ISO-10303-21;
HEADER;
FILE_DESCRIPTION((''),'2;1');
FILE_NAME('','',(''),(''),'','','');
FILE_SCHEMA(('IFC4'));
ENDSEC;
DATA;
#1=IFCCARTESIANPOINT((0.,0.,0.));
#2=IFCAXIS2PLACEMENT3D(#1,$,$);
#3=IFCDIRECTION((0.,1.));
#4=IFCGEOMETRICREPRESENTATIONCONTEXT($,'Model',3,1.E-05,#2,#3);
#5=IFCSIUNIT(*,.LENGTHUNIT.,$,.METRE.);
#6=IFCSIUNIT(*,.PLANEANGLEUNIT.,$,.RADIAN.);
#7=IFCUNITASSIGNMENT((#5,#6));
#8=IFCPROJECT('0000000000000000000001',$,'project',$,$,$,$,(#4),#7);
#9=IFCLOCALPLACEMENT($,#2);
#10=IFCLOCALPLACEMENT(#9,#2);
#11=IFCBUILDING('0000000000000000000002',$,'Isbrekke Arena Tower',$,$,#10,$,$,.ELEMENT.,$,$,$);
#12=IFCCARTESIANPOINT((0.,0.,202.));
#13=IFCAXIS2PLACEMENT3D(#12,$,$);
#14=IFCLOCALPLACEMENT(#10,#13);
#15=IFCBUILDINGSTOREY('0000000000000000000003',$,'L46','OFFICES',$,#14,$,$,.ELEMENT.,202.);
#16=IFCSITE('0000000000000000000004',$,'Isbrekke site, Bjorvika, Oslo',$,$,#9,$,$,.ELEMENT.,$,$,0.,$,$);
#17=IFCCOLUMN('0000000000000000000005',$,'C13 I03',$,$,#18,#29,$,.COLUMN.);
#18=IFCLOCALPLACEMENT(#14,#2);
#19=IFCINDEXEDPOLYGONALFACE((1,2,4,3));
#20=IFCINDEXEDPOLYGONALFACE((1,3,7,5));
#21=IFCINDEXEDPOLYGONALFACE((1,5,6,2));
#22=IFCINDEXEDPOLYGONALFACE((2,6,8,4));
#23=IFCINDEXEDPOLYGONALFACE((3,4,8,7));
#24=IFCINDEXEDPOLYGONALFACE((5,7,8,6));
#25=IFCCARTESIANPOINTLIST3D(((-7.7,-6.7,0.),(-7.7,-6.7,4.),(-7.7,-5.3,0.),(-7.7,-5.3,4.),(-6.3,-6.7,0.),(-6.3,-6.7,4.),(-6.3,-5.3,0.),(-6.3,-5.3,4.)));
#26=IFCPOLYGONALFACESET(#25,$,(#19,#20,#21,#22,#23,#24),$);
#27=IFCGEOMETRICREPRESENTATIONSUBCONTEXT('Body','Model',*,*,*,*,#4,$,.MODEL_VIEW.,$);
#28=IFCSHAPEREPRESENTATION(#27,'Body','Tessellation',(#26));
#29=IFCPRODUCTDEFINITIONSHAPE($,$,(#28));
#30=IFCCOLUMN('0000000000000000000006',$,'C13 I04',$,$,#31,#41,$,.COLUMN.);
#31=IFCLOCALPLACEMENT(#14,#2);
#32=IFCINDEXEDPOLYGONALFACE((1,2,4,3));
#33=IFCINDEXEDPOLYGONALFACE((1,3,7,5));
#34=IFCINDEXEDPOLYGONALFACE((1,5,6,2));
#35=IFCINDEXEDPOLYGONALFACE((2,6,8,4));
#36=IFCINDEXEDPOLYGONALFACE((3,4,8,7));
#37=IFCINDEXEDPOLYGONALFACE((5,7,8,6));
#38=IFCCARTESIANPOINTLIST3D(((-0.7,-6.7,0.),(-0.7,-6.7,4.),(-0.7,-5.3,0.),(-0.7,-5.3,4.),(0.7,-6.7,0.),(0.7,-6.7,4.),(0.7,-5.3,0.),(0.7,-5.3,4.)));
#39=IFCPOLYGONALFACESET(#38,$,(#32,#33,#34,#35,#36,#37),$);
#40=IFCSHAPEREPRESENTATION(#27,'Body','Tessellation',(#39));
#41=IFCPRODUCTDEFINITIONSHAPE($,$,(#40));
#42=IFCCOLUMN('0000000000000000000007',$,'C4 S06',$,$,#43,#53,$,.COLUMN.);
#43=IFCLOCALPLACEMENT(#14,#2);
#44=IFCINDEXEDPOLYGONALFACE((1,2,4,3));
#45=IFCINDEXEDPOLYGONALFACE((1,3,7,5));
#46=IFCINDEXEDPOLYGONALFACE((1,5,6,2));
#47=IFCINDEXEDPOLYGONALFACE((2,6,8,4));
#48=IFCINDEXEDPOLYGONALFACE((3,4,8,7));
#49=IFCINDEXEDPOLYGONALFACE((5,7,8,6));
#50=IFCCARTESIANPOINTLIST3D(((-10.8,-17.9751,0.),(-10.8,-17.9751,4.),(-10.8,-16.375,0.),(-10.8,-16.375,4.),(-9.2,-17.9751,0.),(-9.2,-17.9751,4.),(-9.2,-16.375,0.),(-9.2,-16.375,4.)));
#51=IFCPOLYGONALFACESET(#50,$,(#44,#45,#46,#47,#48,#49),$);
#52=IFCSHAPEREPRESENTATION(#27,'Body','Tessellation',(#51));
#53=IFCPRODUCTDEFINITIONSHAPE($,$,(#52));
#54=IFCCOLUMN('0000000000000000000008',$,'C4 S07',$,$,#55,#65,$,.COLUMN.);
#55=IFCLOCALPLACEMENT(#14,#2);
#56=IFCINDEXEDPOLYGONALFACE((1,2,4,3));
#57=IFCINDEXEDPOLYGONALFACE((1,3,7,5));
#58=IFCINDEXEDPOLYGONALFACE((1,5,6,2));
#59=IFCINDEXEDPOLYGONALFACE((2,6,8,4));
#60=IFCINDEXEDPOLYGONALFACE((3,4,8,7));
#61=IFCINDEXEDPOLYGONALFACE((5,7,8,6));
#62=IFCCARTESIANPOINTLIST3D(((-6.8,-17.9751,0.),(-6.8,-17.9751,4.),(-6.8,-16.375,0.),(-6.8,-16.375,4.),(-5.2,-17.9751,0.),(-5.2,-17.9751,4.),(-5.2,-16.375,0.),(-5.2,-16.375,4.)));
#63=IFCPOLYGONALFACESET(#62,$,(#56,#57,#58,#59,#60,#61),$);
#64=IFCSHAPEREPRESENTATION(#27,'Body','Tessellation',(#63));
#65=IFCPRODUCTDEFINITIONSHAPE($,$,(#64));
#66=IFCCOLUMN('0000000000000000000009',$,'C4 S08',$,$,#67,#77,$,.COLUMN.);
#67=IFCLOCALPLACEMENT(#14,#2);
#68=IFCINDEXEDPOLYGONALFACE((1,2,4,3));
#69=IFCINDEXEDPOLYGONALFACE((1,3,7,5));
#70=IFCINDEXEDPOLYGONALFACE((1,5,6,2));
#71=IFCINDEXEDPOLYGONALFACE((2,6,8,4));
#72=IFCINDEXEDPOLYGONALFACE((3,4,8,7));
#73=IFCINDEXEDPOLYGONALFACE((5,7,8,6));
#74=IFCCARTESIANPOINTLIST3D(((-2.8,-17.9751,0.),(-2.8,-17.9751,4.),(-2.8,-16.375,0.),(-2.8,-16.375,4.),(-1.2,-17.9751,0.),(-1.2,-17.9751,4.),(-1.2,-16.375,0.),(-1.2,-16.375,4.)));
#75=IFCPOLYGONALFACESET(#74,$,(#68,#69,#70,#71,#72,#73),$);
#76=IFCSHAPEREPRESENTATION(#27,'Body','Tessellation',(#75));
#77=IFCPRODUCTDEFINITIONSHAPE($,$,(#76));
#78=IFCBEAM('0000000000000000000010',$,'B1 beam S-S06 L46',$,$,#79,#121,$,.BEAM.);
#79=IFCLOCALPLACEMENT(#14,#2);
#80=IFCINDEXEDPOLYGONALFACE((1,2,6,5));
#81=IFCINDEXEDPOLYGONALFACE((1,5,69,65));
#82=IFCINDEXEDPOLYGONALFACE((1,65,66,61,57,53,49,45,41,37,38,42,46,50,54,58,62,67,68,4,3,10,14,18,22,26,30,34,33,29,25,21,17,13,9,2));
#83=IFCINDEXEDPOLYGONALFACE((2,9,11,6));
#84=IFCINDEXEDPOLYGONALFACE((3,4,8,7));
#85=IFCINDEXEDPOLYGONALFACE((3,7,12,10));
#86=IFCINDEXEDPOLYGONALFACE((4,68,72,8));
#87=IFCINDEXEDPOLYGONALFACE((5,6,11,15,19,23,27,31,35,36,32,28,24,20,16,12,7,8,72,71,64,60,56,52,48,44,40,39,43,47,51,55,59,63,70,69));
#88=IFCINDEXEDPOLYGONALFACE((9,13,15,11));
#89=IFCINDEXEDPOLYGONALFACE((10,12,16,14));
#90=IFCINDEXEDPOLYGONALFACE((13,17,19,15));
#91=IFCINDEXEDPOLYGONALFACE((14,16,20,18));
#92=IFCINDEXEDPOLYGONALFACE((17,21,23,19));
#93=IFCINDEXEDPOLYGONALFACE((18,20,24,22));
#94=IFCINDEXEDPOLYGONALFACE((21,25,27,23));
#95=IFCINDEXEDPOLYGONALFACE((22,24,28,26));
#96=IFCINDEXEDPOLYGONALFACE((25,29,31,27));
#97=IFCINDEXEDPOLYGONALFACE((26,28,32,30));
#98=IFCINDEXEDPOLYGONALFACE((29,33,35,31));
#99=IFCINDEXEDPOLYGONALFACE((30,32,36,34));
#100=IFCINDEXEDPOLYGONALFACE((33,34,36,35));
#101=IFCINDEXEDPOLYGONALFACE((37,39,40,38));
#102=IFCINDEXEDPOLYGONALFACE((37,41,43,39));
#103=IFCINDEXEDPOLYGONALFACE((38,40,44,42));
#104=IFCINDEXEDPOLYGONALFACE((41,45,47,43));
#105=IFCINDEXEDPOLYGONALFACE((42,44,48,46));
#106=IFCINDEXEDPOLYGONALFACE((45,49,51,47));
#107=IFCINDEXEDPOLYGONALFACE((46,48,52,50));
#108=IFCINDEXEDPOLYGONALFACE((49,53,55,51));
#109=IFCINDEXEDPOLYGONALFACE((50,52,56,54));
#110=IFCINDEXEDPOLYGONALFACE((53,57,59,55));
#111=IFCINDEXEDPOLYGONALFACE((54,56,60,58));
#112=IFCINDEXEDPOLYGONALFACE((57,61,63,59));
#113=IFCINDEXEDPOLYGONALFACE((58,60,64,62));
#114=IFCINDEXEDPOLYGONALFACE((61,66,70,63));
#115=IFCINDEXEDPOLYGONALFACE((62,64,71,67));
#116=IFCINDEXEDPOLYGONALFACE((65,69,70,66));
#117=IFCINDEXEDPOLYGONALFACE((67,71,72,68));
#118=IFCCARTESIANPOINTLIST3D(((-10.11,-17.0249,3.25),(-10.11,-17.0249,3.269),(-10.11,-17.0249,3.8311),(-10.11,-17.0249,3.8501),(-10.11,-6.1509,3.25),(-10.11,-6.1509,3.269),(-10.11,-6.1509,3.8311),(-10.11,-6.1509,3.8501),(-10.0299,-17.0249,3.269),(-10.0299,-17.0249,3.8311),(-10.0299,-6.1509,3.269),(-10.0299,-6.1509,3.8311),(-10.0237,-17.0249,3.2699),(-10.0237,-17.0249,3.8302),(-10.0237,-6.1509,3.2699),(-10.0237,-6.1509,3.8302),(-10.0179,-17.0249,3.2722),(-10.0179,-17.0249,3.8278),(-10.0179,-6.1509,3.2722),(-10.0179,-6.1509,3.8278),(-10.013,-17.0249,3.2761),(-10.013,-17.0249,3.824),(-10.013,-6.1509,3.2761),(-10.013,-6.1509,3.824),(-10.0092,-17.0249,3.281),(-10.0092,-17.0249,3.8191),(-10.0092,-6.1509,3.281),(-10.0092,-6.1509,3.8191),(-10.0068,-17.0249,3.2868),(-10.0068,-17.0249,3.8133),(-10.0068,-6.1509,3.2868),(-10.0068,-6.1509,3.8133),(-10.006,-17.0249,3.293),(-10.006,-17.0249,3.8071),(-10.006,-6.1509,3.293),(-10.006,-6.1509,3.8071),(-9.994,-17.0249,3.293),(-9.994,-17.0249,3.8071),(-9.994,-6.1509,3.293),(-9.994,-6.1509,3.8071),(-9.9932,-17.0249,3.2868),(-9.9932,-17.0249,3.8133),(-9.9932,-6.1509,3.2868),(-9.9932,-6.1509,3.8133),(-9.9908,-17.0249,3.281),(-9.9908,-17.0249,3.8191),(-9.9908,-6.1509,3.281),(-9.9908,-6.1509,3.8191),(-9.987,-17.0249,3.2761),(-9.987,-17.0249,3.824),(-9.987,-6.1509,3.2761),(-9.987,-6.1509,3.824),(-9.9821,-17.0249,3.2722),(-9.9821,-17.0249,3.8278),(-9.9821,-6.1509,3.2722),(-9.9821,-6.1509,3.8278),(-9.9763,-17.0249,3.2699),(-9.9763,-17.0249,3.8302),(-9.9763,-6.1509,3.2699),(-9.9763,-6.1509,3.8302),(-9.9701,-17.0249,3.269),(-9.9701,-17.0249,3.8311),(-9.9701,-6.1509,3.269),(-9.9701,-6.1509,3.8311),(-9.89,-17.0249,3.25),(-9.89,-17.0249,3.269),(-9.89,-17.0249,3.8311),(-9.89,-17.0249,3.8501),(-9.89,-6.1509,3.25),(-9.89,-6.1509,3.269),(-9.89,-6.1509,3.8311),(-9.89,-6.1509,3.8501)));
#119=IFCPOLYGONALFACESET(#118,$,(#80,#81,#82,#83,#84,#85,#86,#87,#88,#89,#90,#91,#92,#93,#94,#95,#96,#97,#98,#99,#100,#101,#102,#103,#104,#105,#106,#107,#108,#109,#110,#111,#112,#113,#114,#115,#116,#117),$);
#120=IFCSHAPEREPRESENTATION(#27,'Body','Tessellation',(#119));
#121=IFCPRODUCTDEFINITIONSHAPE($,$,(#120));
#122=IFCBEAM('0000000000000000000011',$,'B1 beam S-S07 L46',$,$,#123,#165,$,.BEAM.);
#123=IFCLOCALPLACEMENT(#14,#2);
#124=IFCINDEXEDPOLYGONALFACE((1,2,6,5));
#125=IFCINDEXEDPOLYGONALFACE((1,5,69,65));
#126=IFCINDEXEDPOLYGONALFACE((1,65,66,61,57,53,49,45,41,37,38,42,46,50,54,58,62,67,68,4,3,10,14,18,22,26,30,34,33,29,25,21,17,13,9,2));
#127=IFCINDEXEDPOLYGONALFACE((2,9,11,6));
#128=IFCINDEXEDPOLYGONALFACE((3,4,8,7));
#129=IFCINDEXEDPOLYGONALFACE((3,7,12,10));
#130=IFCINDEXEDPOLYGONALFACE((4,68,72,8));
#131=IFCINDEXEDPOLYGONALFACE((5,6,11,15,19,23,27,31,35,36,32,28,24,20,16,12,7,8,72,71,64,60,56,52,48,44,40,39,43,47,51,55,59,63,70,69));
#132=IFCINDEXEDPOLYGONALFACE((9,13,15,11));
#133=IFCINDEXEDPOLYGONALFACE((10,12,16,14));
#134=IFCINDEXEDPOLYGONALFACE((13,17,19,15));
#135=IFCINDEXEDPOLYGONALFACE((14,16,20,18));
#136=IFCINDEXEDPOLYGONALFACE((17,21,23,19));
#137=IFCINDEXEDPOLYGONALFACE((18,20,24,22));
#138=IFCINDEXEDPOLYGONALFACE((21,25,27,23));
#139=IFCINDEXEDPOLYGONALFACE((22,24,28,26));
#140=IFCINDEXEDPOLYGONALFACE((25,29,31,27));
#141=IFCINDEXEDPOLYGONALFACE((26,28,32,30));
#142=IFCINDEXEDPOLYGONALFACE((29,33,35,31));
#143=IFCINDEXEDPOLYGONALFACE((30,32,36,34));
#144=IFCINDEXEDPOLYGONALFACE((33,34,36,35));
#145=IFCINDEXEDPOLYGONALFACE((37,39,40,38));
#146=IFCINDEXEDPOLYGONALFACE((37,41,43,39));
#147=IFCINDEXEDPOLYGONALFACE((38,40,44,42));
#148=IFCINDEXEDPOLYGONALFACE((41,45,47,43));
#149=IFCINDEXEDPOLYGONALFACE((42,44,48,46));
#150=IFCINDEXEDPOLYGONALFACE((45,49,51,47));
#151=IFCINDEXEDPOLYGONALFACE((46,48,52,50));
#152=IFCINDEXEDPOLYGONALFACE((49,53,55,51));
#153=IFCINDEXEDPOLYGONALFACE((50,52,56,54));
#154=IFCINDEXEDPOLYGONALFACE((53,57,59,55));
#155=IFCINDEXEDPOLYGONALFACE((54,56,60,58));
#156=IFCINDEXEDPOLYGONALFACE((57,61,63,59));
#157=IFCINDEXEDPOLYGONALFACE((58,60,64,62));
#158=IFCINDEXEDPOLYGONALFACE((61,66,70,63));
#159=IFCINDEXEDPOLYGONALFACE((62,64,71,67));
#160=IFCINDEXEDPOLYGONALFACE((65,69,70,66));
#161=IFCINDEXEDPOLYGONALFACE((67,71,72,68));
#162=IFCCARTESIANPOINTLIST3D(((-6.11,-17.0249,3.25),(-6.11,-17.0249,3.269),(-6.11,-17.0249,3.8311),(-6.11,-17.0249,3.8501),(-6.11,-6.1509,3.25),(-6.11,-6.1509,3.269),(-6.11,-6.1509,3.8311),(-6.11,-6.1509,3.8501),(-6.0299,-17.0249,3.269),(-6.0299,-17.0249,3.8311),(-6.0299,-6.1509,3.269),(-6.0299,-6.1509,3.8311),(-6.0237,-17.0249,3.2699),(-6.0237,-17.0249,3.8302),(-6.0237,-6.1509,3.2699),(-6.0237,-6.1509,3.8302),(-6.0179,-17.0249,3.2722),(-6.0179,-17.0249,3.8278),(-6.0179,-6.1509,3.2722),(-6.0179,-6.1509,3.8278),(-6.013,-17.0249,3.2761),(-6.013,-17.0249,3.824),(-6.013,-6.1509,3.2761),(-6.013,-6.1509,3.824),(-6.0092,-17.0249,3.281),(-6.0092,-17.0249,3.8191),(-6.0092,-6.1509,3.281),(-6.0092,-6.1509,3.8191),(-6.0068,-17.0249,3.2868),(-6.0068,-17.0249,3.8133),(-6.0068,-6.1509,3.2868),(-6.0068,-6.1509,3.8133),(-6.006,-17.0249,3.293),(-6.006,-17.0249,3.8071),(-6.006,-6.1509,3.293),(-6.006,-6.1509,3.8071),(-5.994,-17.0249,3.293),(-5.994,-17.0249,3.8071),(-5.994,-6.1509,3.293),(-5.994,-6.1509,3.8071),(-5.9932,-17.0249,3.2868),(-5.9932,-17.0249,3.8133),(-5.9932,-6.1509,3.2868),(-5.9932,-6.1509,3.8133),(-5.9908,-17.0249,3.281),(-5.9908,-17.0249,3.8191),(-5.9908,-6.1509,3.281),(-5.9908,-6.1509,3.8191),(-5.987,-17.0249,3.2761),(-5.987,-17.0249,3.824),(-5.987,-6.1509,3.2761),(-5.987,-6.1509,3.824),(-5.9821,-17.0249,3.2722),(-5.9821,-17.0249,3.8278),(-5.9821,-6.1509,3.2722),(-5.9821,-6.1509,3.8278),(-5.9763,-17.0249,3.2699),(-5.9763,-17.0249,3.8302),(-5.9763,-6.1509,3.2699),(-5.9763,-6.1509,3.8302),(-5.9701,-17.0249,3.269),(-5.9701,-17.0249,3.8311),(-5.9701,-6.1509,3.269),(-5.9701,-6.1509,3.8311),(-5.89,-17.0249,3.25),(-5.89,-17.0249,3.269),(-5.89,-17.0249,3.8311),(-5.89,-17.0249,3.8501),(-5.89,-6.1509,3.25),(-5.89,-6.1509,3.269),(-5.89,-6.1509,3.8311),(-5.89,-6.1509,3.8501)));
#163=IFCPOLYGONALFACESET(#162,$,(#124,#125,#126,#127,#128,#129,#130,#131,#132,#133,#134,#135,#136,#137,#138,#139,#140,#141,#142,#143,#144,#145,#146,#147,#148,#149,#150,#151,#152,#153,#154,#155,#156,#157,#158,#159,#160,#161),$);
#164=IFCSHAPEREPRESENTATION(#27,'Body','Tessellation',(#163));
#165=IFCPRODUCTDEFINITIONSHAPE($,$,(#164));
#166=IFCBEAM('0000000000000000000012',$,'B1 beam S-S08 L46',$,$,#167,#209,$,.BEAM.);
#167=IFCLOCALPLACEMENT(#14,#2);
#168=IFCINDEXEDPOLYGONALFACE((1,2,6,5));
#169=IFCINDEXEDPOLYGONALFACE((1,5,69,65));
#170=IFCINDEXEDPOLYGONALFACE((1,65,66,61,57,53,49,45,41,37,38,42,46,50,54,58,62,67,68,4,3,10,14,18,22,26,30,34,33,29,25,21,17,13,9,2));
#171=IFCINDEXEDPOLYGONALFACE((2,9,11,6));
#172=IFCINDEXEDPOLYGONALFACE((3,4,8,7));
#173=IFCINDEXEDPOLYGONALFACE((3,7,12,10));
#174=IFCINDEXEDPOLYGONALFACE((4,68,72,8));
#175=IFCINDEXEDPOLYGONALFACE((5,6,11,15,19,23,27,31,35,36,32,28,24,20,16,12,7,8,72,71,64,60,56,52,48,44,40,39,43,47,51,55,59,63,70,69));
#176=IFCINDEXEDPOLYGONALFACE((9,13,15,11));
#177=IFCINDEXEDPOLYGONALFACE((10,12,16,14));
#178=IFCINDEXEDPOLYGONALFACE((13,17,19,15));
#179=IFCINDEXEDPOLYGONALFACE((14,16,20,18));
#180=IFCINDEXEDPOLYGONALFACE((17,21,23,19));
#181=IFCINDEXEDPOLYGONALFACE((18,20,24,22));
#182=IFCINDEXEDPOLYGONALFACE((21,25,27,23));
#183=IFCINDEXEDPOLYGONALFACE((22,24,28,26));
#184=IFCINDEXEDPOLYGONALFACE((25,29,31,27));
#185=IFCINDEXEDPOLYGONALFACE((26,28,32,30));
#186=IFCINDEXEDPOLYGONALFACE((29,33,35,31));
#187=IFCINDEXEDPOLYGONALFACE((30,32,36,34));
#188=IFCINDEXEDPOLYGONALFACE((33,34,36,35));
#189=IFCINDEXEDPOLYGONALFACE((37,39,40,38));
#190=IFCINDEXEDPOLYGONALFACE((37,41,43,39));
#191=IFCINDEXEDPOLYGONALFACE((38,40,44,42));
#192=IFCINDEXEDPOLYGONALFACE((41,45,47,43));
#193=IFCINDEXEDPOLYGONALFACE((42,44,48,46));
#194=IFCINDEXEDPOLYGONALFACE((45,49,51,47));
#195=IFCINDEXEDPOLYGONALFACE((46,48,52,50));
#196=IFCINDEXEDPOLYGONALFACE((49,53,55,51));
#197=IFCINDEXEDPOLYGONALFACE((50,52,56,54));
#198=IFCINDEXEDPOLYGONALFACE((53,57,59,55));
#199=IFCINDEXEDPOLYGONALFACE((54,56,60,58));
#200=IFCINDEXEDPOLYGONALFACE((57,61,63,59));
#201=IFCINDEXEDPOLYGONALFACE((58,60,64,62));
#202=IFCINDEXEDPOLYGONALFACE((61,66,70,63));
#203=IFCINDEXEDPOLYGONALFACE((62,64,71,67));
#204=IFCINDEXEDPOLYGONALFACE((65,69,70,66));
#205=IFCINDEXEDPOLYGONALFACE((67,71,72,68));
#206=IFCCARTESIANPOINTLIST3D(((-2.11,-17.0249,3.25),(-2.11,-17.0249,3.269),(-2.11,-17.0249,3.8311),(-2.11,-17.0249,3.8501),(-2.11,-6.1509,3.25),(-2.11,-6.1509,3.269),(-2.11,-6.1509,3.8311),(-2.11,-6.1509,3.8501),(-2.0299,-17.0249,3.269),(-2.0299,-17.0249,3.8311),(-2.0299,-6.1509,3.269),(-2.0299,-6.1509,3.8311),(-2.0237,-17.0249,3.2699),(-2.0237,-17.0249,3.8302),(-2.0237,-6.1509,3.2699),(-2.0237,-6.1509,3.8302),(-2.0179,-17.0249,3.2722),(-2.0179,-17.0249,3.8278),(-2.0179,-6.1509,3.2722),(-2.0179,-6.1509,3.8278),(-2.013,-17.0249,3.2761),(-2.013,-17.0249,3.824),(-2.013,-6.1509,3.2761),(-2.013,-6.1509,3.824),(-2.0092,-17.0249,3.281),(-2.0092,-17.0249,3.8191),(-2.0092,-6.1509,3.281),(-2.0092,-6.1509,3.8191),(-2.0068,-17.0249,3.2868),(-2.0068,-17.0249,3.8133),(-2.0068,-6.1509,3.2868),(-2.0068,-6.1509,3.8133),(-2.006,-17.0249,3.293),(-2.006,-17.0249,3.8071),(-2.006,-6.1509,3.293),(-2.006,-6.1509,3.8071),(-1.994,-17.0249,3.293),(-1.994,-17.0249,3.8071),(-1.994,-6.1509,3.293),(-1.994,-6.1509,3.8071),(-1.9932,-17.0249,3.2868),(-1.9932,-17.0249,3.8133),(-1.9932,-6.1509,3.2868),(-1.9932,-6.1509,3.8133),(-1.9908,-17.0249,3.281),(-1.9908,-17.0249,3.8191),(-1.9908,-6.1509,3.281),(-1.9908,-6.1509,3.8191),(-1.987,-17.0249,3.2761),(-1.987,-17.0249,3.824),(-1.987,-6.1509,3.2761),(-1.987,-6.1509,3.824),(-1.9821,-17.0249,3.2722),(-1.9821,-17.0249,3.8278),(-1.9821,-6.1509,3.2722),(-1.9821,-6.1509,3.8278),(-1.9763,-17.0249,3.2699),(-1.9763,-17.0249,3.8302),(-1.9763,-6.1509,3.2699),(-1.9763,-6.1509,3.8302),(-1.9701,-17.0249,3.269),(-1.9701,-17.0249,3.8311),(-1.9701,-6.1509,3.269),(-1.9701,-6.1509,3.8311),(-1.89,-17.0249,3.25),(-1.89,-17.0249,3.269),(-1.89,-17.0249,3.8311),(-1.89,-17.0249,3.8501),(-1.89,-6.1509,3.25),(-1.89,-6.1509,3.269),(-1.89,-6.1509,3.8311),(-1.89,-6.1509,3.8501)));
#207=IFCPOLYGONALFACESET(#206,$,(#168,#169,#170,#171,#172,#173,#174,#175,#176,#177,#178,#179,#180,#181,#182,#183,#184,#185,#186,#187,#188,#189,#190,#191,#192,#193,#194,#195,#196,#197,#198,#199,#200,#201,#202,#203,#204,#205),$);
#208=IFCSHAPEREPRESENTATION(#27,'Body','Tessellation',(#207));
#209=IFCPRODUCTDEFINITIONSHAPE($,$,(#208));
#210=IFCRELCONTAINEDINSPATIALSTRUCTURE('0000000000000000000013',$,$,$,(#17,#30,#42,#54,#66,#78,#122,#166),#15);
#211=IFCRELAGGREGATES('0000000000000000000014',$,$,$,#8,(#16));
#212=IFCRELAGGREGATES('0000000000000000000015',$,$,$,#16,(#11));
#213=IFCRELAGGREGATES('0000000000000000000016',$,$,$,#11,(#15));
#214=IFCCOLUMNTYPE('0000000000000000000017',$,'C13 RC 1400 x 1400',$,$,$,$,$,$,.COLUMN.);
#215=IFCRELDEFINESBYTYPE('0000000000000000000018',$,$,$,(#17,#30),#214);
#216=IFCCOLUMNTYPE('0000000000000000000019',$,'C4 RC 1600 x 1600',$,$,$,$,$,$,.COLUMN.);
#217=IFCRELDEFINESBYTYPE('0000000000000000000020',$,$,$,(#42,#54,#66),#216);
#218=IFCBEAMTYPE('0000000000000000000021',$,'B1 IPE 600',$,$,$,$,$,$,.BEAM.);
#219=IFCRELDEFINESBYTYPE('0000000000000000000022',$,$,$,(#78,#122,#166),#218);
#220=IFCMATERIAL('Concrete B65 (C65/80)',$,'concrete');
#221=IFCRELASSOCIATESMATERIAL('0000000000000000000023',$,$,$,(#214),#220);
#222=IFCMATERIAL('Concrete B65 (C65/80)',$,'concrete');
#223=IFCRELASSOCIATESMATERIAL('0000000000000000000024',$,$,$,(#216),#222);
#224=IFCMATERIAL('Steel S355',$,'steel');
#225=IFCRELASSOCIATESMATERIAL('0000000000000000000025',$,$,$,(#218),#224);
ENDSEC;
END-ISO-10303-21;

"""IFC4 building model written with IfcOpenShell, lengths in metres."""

from ifc_helpers import new_model, si_unit, direction, frame, origin, origin_2d, place, context, subcontext, project, spatial, rectangle, i_section, extrude, material, material_profile, profile_set, type_object, element, save


model = new_model("IFC4")

# Units and contexts
model_context = context("Model", 3, precision=1e-05, world=origin(), true_north=direction((0.0, 1.0)))
body_context = subcontext(model_context, "Body", "Model", "MODEL_VIEW")
ifc_project = project(units=[si_unit("LENGTHUNIT", "METRE"), si_unit("PLANEANGLEUNIT", "RADIAN")], contexts=[model_context])

# Site, building, storey
site_placement = place(None, origin())
site = spatial("IfcSite", under=ifc_project, at=site_placement, Name="Isbrekke site, Bjorvika, Oslo", CompositionType="ELEMENT", RefElevation=0.0)
building_placement = place(site_placement, origin())
building = spatial("IfcBuilding", under=site, at=building_placement, Name="Isbrekke Arena Tower", CompositionType="ELEMENT")
storey_placement = place(building_placement, frame((0.0, 0.0, 202.0)))
storey = spatial("IfcBuildingStorey", under=building, at=storey_placement, Name="L46", Description="OFFICES", CompositionType="ELEMENT", Elevation=202.0)

# Columns
ifc_material_1 = material(Name="Concrete B65 (C65/80)", Category="concrete")
ifc_material_profile_1 = material_profile(ifc_material_1, rectangle(XDim=1.3999, YDim=1.3999, at=origin_2d()), Name="RC 1400x1400")
ifc_profile_set_1 = profile_set([ifc_material_profile_1], Name="Concrete B65 (C65/80)")
column_type_1 = type_object("IfcColumnType", Name="C13 RC 1400 x 1400", PredefinedType="COLUMN", material=ifc_profile_set_1)
for number, where, z_axis, x_axis, name in (
    (1, (-7.0, -6.0, 0.0), (0.0, 0.0, 1.0), (1.0, 0.0, 0.0), "C13 I03"),
    (2, (0.0, -6.0, 0.0), (0.0, 0.0, 1.0), (1.0, 0.0, 0.0), "C13 I04"),
):
    element("IfcColumn", number, at=place(storey_placement, frame(where, z_axis=z_axis, x_axis=x_axis)), inside=storey, type_object=column_type_1, Name=name, PredefinedType="COLUMN", context=body_context, shape_type="SweptSolid", body=[
        extrude(rectangle(XDim=1.3999, YDim=1.3999, at=origin_2d()), origin(), (0.0, 0.0, 1.0), 4.0),
    ])
ifc_material_2 = material(Name="Concrete B65 (C65/80)", Category="concrete")
ifc_material_profile_2 = material_profile(ifc_material_2, rectangle(XDim=1.6001, YDim=1.6001, at=origin_2d()), Name="RC 1600x1600")
ifc_profile_set_2 = profile_set([ifc_material_profile_2], Name="Concrete B65 (C65/80)")
column_type_2 = type_object("IfcColumnType", Name="C4 RC 1600 x 1600", PredefinedType="COLUMN", material=ifc_profile_set_2)
for number, where, z_axis, x_axis, name in (
    (3, (-10.0, -17.175, 0.0), (0.0, 0.0, 1.0), (1.0, 0.0, 0.0), "C4 S06"),
    (4, (-6.0, -17.175, 0.0), (0.0, 0.0, 1.0), (1.0, 0.0, 0.0), "C4 S07"),
    (5, (-2.0, -17.175, 0.0), (0.0, 0.0, 1.0), (1.0, 0.0, 0.0), "C4 S08"),
):
    element("IfcColumn", number, at=place(storey_placement, frame(where, z_axis=z_axis, x_axis=x_axis)), inside=storey, type_object=column_type_2, Name=name, PredefinedType="COLUMN", context=body_context, shape_type="SweptSolid", body=[
        extrude(rectangle(XDim=1.6001, YDim=1.6001, at=origin_2d()), origin(), (0.0, 0.0, 1.0), 4.0),
    ])

# Beams
ifc_material_3 = material(Name="Steel S355", Category="steel")
ifc_material_profile_3 = material_profile(ifc_material_3, i_section(OverallWidth=0.22, OverallDepth=0.6001, WebThickness=0.012, FlangeThickness=0.019, FilletRadius=0.0239, at=origin_2d()), Name="IPE 600")
ifc_profile_set_3 = profile_set([ifc_material_profile_3], Name="Steel S355")
beam_type_1 = type_object("IfcBeamType", Name="B1 IPE 600", PredefinedType="BEAM", material=ifc_profile_set_3)
for number, where, z_axis, x_axis, name in (
    (6, (-10.0, -17.0249, 3.55), (0.0, 1.0, 0.0), (-1.0, 0.0, 0.0), "B1 beam S-S06 L46"),
    (7, (-6.0, -17.0249, 3.55), (0.0, 1.0, 0.0), (-1.0, 0.0, 0.0), "B1 beam S-S07 L46"),
    (8, (-2.0, -17.0249, 3.55), (0.0, 1.0, 0.0), (-1.0, 0.0, 0.0), "B1 beam S-S08 L46"),
):
    element("IfcBeam", number, at=place(storey_placement, frame(where, z_axis=z_axis, x_axis=x_axis)), inside=storey, type_object=beam_type_1, Name=name, PredefinedType="BEAM", context=body_context, shape_type="SweptSolid", body=[
        extrude(i_section(OverallWidth=0.22, OverallDepth=0.6001, WebThickness=0.012, FlangeThickness=0.019, FilletRadius=0.0239, at=origin_2d()), origin(), (0.0, 0.0, 1.0), 10.874),
    ])

save(model, "model.ifc")
